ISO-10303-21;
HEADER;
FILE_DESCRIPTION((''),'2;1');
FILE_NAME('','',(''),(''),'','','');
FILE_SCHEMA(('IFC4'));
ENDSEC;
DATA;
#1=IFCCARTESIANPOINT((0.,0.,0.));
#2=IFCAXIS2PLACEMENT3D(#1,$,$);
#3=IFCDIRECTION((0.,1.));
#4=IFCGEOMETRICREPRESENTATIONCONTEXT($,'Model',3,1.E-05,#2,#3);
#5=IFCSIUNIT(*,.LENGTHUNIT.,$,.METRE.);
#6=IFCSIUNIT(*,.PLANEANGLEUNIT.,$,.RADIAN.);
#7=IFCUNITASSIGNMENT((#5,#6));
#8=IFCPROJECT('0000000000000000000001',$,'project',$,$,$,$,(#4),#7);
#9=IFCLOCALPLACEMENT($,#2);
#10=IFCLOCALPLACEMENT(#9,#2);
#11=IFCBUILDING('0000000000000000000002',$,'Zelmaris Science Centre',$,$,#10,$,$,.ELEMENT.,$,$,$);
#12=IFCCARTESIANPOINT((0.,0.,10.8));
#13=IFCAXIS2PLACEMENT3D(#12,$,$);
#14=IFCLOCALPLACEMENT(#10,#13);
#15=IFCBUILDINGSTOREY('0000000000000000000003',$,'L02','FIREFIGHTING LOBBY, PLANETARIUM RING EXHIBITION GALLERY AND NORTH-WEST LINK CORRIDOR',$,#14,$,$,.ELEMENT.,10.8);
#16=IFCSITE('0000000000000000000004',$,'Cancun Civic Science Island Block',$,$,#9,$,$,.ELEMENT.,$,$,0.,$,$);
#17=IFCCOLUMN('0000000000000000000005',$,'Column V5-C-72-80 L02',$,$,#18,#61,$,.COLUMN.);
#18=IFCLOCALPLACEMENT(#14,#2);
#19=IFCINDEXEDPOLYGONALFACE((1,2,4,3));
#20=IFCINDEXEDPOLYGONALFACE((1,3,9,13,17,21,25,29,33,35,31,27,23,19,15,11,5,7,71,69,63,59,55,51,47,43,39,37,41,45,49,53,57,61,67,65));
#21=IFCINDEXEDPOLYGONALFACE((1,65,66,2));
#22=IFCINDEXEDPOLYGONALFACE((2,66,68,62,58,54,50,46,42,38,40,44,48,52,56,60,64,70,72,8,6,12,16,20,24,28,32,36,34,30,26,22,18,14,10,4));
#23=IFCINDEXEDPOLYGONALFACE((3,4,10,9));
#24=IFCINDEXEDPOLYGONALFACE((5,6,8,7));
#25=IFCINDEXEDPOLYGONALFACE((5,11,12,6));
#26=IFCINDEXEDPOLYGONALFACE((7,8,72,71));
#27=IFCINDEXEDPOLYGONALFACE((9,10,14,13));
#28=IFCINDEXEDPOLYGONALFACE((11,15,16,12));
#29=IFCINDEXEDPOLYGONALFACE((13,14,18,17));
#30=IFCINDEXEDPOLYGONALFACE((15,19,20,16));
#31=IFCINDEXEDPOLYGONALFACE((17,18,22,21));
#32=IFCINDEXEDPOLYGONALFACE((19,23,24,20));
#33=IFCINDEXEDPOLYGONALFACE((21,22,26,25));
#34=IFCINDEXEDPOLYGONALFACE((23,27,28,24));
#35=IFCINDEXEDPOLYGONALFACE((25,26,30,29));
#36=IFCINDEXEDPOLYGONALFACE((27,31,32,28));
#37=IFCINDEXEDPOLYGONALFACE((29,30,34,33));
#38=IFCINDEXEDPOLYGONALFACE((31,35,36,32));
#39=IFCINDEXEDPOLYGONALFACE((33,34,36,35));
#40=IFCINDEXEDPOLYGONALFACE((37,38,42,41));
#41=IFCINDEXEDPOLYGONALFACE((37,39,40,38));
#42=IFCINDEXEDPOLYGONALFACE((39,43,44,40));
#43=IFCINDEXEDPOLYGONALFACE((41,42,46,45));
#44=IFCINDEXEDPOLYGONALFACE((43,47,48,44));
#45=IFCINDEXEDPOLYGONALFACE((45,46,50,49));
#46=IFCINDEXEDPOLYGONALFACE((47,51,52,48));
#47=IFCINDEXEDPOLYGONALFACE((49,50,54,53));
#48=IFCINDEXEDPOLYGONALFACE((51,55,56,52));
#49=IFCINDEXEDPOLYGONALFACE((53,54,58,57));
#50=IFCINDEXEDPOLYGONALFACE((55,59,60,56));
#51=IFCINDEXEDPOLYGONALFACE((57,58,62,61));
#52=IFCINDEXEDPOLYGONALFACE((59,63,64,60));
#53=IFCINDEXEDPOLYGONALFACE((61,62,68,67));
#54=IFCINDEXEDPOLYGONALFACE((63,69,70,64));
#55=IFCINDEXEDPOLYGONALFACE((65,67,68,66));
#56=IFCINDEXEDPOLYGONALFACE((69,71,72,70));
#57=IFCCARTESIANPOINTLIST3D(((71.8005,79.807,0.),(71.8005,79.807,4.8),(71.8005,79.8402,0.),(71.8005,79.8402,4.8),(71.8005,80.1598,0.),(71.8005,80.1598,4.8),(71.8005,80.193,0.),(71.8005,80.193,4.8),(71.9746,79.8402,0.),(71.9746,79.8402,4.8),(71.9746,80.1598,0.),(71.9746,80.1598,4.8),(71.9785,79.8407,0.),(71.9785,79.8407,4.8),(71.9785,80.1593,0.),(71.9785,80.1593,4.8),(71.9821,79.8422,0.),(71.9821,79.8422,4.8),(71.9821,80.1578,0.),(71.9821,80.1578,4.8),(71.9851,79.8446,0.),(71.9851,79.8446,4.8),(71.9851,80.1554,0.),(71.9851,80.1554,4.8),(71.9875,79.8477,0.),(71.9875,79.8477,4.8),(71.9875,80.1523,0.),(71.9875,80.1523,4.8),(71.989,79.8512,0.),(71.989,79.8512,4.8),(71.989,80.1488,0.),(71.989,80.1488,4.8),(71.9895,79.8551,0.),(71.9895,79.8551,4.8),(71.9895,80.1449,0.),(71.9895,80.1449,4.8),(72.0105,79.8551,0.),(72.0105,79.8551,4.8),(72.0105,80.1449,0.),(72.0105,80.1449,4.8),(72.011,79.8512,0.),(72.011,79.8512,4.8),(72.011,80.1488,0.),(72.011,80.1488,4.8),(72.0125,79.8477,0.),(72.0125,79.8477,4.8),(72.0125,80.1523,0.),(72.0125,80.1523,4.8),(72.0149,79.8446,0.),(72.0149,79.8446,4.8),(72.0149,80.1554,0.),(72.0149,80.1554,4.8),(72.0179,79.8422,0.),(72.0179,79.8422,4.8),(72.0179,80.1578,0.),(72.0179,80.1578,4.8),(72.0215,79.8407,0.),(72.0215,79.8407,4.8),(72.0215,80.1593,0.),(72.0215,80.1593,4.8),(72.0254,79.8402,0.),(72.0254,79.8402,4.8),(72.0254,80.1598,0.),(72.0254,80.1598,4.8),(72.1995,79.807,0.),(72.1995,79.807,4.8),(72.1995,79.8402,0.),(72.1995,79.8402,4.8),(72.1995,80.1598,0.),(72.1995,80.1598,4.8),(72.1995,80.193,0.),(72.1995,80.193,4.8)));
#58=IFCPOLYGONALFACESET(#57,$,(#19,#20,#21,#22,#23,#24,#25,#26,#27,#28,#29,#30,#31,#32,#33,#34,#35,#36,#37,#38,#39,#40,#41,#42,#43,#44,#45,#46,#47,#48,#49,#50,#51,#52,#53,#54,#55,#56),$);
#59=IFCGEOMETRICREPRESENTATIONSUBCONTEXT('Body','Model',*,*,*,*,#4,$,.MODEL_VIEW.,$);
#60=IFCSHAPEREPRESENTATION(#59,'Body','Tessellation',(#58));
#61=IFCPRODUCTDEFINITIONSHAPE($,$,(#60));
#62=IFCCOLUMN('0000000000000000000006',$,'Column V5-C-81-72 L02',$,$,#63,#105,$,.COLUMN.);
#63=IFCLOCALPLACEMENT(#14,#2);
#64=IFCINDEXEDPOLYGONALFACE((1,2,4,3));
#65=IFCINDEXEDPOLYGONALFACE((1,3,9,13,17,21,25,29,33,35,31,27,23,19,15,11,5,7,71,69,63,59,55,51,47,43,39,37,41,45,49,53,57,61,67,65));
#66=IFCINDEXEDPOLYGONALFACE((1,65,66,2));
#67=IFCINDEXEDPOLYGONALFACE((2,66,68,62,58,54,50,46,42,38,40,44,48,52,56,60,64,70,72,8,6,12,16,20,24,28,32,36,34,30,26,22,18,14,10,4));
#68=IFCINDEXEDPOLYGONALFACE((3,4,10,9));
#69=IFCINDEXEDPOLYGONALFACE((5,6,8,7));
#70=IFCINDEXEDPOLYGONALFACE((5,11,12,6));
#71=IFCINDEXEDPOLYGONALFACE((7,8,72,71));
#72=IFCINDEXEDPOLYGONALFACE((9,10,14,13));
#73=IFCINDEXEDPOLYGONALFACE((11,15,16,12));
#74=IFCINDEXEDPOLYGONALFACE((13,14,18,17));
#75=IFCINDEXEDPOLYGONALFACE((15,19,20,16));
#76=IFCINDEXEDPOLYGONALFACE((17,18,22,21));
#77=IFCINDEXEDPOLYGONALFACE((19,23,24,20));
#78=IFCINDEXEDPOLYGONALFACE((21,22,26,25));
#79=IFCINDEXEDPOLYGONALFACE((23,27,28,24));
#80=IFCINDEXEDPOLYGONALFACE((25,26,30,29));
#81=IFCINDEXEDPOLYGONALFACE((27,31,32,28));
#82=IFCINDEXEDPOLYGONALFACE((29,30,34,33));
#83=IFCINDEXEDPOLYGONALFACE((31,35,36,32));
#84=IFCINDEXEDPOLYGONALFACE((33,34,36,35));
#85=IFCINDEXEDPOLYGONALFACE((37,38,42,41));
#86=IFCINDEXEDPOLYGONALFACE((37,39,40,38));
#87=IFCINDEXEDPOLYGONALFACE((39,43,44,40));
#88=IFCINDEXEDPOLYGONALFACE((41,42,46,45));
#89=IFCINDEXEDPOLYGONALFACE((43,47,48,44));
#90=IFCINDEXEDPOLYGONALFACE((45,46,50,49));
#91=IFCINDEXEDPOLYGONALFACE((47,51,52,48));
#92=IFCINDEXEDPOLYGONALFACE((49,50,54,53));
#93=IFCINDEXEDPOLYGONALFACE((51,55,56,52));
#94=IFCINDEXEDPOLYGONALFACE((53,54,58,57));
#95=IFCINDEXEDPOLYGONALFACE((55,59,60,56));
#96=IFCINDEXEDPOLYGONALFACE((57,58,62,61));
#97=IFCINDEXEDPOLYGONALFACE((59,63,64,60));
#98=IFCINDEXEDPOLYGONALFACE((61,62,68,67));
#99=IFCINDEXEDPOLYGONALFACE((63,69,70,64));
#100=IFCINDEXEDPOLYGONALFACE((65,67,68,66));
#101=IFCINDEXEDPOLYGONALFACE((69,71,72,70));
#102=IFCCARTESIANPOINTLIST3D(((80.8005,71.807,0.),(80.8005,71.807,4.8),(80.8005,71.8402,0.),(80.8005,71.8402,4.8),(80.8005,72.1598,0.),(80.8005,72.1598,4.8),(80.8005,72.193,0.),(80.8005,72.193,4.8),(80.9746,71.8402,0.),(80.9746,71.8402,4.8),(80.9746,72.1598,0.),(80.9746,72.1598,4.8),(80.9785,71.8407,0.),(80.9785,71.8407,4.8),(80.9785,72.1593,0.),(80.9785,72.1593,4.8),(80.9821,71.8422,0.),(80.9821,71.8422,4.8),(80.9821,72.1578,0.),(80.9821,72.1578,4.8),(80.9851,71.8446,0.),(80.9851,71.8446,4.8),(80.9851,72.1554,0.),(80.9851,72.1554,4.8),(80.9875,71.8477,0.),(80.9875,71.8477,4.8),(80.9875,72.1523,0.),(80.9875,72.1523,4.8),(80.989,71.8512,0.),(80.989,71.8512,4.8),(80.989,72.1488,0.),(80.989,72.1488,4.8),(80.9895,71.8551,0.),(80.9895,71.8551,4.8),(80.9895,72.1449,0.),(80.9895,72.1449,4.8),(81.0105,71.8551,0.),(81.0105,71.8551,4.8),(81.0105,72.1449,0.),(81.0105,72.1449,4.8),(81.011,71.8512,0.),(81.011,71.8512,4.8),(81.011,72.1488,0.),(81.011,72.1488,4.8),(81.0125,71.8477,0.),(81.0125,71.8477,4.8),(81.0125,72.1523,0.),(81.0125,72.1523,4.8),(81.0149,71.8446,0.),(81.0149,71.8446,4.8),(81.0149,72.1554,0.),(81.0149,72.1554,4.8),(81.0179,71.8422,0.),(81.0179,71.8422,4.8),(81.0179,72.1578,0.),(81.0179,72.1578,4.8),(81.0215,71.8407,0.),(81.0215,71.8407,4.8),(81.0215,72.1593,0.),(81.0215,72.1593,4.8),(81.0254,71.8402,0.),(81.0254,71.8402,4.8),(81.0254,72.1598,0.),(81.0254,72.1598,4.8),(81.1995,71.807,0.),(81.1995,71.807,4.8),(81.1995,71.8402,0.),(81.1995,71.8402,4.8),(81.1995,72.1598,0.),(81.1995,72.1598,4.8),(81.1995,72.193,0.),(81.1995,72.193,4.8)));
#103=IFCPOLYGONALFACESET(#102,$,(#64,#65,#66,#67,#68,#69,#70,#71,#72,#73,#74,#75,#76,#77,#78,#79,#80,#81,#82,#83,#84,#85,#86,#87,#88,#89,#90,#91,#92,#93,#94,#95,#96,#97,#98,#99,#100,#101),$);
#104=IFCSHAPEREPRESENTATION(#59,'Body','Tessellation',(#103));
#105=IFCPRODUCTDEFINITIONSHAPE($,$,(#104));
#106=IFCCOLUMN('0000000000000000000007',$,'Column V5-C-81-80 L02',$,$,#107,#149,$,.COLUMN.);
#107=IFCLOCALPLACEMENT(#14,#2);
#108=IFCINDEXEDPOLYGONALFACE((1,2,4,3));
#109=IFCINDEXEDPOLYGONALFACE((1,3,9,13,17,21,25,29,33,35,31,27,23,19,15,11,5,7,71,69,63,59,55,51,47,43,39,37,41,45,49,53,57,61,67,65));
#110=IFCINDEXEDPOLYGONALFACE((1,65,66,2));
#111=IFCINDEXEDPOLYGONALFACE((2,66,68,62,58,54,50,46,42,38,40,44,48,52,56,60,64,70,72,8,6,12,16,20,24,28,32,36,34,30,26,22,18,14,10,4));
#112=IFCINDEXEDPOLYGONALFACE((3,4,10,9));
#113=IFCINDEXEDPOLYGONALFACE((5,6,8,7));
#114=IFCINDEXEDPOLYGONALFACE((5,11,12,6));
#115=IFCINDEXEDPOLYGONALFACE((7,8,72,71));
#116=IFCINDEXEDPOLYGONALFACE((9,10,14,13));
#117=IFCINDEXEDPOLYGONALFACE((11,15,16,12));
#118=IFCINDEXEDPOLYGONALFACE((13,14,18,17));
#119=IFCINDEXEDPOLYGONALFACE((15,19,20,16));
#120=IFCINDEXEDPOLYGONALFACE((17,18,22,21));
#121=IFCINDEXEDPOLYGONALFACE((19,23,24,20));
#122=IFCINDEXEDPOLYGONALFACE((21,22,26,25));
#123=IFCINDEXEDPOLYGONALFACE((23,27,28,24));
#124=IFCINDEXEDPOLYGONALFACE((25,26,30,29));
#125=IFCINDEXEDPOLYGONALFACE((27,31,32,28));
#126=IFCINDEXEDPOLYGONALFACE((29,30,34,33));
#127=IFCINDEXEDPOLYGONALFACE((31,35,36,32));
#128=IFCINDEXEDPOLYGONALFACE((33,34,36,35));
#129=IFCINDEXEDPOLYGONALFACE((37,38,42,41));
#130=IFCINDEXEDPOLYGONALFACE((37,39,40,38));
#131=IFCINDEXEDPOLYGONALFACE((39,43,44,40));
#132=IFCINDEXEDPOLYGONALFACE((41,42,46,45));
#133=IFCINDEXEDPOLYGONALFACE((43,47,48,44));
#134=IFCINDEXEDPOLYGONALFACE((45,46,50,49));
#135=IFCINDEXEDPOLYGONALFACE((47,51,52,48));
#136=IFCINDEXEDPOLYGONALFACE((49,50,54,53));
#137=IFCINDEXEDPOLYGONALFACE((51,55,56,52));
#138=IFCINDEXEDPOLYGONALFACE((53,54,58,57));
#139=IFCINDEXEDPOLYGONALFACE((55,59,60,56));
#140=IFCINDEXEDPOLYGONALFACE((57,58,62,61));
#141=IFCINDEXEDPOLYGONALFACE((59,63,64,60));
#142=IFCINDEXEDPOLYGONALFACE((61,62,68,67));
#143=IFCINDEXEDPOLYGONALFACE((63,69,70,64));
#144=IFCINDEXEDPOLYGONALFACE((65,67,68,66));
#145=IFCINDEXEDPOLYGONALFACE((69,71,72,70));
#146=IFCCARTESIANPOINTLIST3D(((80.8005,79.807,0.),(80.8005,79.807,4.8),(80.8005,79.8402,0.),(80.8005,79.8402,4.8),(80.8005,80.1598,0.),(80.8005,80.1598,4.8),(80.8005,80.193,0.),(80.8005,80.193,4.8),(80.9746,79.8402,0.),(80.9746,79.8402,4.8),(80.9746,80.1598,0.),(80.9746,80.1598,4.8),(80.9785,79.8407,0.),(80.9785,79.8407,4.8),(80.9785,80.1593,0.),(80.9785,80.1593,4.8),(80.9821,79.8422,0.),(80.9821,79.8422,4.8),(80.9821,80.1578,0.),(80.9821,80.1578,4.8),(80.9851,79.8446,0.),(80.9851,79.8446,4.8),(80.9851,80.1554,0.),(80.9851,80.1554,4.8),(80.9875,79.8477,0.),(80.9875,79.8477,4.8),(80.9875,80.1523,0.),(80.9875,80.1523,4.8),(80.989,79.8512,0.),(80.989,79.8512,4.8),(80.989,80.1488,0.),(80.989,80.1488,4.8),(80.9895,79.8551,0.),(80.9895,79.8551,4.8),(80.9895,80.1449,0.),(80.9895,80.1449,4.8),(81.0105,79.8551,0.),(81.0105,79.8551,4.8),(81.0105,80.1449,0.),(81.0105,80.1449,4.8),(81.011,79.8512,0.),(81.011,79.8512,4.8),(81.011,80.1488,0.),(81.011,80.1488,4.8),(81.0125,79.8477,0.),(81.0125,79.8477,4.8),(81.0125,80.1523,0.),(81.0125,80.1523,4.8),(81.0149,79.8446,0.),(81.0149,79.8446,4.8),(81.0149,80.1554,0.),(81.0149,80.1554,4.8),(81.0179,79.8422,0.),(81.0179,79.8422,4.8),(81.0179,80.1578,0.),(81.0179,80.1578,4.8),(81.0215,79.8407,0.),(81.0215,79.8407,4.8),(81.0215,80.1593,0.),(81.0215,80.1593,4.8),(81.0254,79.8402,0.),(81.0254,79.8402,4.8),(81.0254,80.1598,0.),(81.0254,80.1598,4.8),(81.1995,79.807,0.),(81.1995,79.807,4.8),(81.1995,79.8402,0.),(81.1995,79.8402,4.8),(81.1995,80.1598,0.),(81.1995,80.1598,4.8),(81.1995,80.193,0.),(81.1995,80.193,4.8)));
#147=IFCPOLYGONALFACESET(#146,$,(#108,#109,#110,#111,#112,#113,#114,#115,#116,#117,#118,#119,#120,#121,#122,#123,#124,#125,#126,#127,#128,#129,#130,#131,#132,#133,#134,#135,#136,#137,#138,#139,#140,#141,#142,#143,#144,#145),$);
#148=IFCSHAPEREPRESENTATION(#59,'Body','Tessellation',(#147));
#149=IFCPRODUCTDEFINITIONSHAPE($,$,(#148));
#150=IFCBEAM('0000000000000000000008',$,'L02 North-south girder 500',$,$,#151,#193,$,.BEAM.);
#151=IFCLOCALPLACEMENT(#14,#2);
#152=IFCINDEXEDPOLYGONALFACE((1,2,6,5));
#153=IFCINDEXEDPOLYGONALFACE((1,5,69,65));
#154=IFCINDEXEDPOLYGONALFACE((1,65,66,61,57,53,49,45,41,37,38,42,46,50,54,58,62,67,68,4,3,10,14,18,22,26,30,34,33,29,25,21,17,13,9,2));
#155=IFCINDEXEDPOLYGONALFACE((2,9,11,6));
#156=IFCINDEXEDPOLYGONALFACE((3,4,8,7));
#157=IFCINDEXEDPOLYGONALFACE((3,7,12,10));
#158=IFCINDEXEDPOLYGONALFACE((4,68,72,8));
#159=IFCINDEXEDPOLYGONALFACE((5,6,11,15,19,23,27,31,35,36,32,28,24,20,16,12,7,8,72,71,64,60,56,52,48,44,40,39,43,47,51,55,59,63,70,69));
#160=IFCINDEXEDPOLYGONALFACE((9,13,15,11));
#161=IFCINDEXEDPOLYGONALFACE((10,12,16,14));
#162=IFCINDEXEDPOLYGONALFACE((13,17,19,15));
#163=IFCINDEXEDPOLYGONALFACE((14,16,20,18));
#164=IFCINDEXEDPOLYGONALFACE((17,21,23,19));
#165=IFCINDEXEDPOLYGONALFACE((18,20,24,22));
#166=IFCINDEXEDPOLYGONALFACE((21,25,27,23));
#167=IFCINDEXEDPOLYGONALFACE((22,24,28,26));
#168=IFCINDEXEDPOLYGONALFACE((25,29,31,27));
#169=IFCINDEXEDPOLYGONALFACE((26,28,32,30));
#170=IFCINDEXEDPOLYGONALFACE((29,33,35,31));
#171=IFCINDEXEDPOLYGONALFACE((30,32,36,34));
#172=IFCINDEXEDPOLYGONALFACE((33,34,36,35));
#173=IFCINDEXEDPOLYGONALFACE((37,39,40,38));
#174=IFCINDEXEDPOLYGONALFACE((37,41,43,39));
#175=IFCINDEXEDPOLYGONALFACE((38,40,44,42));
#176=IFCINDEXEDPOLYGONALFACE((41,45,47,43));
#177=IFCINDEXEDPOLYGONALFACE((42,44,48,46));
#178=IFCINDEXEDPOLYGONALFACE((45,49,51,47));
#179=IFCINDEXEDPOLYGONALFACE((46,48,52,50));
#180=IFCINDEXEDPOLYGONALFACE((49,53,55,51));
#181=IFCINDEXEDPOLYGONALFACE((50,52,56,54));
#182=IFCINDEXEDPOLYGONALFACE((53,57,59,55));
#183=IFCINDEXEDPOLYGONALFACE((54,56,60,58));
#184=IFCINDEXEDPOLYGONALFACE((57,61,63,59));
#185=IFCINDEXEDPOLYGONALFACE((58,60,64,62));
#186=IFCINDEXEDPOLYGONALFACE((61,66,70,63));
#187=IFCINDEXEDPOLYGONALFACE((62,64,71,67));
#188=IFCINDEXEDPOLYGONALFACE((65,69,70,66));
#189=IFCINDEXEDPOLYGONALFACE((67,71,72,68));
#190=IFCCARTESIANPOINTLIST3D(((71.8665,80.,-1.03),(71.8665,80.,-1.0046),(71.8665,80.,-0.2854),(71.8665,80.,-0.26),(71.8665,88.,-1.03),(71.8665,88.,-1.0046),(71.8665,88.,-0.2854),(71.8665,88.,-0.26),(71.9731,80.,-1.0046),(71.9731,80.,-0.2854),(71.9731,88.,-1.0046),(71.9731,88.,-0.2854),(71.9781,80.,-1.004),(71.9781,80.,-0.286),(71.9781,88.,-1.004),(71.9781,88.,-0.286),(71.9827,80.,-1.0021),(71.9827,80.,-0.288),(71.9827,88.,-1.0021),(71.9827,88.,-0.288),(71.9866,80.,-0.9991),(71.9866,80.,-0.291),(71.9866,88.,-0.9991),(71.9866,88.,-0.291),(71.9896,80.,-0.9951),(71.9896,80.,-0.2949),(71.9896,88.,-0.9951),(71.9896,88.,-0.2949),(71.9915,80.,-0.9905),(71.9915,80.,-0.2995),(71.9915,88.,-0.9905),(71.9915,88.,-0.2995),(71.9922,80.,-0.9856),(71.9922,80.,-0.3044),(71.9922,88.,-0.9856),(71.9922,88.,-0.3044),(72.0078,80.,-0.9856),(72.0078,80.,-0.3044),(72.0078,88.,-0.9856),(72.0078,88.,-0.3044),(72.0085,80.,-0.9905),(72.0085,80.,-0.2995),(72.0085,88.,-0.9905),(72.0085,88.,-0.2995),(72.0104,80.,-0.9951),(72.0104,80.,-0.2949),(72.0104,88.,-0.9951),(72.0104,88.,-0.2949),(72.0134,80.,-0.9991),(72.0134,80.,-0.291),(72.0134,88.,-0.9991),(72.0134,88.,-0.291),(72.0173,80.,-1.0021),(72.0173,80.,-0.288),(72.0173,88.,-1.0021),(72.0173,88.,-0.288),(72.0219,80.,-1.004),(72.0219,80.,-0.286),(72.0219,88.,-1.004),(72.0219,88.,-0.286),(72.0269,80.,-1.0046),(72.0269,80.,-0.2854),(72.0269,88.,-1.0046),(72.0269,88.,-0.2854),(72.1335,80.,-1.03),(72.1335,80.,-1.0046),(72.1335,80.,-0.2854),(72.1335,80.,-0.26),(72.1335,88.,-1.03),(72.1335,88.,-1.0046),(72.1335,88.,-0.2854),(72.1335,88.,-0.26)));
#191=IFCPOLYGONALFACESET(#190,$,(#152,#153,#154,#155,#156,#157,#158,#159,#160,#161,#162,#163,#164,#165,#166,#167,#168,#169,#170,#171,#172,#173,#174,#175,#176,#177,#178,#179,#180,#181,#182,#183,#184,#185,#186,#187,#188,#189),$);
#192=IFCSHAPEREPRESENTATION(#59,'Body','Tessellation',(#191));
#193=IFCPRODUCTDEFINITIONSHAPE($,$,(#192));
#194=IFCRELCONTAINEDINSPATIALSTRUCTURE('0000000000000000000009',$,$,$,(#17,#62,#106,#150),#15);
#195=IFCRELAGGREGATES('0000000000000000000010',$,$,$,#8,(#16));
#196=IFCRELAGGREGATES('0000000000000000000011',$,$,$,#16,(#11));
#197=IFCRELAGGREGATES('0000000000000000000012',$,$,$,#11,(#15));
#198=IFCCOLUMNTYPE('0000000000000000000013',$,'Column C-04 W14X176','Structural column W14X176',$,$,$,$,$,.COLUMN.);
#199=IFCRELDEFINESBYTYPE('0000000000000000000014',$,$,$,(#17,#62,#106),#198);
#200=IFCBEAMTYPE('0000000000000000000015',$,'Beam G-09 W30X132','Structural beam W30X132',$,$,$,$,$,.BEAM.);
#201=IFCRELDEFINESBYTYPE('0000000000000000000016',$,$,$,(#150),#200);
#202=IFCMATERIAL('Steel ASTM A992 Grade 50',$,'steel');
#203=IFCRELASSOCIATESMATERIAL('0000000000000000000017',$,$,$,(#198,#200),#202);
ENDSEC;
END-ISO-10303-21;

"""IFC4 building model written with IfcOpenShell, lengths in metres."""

from ifc_helpers import new_model, si_unit, direction, frame, origin, origin_2d, place, context, subcontext, project, spatial, i_section, extrude, material, material_profile, profile_set, type_object, element, save


model = new_model("IFC4")

# Units and contexts
model_context = context("Model", 3, precision=1e-05, world=origin(), true_north=direction((0.0, 1.0)))
body_context = subcontext(model_context, "Body", "Model", "MODEL_VIEW")
ifc_project = project(units=[si_unit("LENGTHUNIT", "METRE"), si_unit("PLANEANGLEUNIT", "RADIAN")], contexts=[model_context])

# Site, building, storey
site_placement = place(None, origin())
site = spatial("IfcSite", under=ifc_project, at=site_placement, Name="Cancun Civic Science Island Block", CompositionType="ELEMENT", RefElevation=0.0)
building_placement = place(site_placement, origin())
building = spatial("IfcBuilding", under=site, at=building_placement, Name="Zelmaris Science Centre", CompositionType="ELEMENT")
storey_placement = place(building_placement, frame((0.0, 0.0, 10.8)))
storey = spatial("IfcBuildingStorey", under=building, at=storey_placement, Name="L02", Description="FIREFIGHTING LOBBY, PLANETARIUM RING EXHIBITION GALLERY AND NORTH-WEST LINK CORRIDOR", CompositionType="ELEMENT", Elevation=10.8)

# Columns
ifc_material_1 = material(Name="Steel ASTM A992 Grade 50", Category="steel")
ifc_material_profile_1 = material_profile(ifc_material_1, i_section(OverallWidth=0.3989, OverallDepth=0.386, WebThickness=0.021, FlangeThickness=0.0332, FilletRadius=0.0149, at=origin_2d()), Name="W14X176")
ifc_profile_set_1 = profile_set([ifc_material_profile_1], Name="Steel ASTM A992 Grade 50")
column_type = type_object("IfcColumnType", Name="Column C-04 W14X176", Description="Structural column W14X176", PredefinedType="COLUMN", material=ifc_profile_set_1)
for number, where, z_axis, x_axis, name in (
    (1, (72.0, 80.0, 0.0), (0.0, 0.0, 1.0), (1.0, 0.0, 0.0), "Column V5-C-72-80 L02"),
    (2, (81.0, 72.0, 0.0), (0.0, 0.0, 1.0), (1.0, 0.0, 0.0), "Column V5-C-81-72 L02"),
    (3, (81.0, 80.0, 0.0), (0.0, 0.0, 1.0), (1.0, 0.0, 0.0), "Column V5-C-81-80 L02"),
):
    element("IfcColumn", number, at=place(storey_placement, frame(where, z_axis=z_axis, x_axis=x_axis)), inside=storey, type_object=column_type, Name=name, PredefinedType="COLUMN", context=body_context, shape_type="SweptSolid", body=[
        extrude(i_section(OverallWidth=0.3989, OverallDepth=0.386, WebThickness=0.021, FlangeThickness=0.0332, FilletRadius=0.0149, at=origin_2d()), origin(), (0.0, 0.0, 1.0), 4.8),
    ])

# Beam
ifc_material_profile_2 = material_profile(ifc_material_1, i_section(OverallWidth=0.2671, OverallDepth=0.77, WebThickness=0.0156, FlangeThickness=0.0254, FilletRadius=0.019, at=origin_2d()), Name="W30X132")
ifc_profile_set_2 = profile_set([ifc_material_profile_2], Name="Steel ASTM A992 Grade 50")
beam_type_1 = type_object("IfcBeamType", Name="Beam G-09 W30X132", Description="Structural beam W30X132", PredefinedType="BEAM", material=ifc_profile_set_2)
beam_1_placement = place(storey_placement, frame((72.0, 80.0, -0.645), z_axis=(0.0, 1.0, 0.0), x_axis=(-1.0, 0.0, 0.0)))
element("IfcBeam", 4, at=beam_1_placement, inside=storey, type_object=beam_type_1, Name="L02 North-south girder 500", PredefinedType="BEAM", context=body_context, shape_type="SweptSolid", body=[
    extrude(i_section(OverallWidth=0.2671, OverallDepth=0.77, WebThickness=0.0156, FlangeThickness=0.0254, FilletRadius=0.019, at=origin_2d()), origin(), (0.0, 0.0, 1.0), 8.0),
])

save(model, "model.ifc")
